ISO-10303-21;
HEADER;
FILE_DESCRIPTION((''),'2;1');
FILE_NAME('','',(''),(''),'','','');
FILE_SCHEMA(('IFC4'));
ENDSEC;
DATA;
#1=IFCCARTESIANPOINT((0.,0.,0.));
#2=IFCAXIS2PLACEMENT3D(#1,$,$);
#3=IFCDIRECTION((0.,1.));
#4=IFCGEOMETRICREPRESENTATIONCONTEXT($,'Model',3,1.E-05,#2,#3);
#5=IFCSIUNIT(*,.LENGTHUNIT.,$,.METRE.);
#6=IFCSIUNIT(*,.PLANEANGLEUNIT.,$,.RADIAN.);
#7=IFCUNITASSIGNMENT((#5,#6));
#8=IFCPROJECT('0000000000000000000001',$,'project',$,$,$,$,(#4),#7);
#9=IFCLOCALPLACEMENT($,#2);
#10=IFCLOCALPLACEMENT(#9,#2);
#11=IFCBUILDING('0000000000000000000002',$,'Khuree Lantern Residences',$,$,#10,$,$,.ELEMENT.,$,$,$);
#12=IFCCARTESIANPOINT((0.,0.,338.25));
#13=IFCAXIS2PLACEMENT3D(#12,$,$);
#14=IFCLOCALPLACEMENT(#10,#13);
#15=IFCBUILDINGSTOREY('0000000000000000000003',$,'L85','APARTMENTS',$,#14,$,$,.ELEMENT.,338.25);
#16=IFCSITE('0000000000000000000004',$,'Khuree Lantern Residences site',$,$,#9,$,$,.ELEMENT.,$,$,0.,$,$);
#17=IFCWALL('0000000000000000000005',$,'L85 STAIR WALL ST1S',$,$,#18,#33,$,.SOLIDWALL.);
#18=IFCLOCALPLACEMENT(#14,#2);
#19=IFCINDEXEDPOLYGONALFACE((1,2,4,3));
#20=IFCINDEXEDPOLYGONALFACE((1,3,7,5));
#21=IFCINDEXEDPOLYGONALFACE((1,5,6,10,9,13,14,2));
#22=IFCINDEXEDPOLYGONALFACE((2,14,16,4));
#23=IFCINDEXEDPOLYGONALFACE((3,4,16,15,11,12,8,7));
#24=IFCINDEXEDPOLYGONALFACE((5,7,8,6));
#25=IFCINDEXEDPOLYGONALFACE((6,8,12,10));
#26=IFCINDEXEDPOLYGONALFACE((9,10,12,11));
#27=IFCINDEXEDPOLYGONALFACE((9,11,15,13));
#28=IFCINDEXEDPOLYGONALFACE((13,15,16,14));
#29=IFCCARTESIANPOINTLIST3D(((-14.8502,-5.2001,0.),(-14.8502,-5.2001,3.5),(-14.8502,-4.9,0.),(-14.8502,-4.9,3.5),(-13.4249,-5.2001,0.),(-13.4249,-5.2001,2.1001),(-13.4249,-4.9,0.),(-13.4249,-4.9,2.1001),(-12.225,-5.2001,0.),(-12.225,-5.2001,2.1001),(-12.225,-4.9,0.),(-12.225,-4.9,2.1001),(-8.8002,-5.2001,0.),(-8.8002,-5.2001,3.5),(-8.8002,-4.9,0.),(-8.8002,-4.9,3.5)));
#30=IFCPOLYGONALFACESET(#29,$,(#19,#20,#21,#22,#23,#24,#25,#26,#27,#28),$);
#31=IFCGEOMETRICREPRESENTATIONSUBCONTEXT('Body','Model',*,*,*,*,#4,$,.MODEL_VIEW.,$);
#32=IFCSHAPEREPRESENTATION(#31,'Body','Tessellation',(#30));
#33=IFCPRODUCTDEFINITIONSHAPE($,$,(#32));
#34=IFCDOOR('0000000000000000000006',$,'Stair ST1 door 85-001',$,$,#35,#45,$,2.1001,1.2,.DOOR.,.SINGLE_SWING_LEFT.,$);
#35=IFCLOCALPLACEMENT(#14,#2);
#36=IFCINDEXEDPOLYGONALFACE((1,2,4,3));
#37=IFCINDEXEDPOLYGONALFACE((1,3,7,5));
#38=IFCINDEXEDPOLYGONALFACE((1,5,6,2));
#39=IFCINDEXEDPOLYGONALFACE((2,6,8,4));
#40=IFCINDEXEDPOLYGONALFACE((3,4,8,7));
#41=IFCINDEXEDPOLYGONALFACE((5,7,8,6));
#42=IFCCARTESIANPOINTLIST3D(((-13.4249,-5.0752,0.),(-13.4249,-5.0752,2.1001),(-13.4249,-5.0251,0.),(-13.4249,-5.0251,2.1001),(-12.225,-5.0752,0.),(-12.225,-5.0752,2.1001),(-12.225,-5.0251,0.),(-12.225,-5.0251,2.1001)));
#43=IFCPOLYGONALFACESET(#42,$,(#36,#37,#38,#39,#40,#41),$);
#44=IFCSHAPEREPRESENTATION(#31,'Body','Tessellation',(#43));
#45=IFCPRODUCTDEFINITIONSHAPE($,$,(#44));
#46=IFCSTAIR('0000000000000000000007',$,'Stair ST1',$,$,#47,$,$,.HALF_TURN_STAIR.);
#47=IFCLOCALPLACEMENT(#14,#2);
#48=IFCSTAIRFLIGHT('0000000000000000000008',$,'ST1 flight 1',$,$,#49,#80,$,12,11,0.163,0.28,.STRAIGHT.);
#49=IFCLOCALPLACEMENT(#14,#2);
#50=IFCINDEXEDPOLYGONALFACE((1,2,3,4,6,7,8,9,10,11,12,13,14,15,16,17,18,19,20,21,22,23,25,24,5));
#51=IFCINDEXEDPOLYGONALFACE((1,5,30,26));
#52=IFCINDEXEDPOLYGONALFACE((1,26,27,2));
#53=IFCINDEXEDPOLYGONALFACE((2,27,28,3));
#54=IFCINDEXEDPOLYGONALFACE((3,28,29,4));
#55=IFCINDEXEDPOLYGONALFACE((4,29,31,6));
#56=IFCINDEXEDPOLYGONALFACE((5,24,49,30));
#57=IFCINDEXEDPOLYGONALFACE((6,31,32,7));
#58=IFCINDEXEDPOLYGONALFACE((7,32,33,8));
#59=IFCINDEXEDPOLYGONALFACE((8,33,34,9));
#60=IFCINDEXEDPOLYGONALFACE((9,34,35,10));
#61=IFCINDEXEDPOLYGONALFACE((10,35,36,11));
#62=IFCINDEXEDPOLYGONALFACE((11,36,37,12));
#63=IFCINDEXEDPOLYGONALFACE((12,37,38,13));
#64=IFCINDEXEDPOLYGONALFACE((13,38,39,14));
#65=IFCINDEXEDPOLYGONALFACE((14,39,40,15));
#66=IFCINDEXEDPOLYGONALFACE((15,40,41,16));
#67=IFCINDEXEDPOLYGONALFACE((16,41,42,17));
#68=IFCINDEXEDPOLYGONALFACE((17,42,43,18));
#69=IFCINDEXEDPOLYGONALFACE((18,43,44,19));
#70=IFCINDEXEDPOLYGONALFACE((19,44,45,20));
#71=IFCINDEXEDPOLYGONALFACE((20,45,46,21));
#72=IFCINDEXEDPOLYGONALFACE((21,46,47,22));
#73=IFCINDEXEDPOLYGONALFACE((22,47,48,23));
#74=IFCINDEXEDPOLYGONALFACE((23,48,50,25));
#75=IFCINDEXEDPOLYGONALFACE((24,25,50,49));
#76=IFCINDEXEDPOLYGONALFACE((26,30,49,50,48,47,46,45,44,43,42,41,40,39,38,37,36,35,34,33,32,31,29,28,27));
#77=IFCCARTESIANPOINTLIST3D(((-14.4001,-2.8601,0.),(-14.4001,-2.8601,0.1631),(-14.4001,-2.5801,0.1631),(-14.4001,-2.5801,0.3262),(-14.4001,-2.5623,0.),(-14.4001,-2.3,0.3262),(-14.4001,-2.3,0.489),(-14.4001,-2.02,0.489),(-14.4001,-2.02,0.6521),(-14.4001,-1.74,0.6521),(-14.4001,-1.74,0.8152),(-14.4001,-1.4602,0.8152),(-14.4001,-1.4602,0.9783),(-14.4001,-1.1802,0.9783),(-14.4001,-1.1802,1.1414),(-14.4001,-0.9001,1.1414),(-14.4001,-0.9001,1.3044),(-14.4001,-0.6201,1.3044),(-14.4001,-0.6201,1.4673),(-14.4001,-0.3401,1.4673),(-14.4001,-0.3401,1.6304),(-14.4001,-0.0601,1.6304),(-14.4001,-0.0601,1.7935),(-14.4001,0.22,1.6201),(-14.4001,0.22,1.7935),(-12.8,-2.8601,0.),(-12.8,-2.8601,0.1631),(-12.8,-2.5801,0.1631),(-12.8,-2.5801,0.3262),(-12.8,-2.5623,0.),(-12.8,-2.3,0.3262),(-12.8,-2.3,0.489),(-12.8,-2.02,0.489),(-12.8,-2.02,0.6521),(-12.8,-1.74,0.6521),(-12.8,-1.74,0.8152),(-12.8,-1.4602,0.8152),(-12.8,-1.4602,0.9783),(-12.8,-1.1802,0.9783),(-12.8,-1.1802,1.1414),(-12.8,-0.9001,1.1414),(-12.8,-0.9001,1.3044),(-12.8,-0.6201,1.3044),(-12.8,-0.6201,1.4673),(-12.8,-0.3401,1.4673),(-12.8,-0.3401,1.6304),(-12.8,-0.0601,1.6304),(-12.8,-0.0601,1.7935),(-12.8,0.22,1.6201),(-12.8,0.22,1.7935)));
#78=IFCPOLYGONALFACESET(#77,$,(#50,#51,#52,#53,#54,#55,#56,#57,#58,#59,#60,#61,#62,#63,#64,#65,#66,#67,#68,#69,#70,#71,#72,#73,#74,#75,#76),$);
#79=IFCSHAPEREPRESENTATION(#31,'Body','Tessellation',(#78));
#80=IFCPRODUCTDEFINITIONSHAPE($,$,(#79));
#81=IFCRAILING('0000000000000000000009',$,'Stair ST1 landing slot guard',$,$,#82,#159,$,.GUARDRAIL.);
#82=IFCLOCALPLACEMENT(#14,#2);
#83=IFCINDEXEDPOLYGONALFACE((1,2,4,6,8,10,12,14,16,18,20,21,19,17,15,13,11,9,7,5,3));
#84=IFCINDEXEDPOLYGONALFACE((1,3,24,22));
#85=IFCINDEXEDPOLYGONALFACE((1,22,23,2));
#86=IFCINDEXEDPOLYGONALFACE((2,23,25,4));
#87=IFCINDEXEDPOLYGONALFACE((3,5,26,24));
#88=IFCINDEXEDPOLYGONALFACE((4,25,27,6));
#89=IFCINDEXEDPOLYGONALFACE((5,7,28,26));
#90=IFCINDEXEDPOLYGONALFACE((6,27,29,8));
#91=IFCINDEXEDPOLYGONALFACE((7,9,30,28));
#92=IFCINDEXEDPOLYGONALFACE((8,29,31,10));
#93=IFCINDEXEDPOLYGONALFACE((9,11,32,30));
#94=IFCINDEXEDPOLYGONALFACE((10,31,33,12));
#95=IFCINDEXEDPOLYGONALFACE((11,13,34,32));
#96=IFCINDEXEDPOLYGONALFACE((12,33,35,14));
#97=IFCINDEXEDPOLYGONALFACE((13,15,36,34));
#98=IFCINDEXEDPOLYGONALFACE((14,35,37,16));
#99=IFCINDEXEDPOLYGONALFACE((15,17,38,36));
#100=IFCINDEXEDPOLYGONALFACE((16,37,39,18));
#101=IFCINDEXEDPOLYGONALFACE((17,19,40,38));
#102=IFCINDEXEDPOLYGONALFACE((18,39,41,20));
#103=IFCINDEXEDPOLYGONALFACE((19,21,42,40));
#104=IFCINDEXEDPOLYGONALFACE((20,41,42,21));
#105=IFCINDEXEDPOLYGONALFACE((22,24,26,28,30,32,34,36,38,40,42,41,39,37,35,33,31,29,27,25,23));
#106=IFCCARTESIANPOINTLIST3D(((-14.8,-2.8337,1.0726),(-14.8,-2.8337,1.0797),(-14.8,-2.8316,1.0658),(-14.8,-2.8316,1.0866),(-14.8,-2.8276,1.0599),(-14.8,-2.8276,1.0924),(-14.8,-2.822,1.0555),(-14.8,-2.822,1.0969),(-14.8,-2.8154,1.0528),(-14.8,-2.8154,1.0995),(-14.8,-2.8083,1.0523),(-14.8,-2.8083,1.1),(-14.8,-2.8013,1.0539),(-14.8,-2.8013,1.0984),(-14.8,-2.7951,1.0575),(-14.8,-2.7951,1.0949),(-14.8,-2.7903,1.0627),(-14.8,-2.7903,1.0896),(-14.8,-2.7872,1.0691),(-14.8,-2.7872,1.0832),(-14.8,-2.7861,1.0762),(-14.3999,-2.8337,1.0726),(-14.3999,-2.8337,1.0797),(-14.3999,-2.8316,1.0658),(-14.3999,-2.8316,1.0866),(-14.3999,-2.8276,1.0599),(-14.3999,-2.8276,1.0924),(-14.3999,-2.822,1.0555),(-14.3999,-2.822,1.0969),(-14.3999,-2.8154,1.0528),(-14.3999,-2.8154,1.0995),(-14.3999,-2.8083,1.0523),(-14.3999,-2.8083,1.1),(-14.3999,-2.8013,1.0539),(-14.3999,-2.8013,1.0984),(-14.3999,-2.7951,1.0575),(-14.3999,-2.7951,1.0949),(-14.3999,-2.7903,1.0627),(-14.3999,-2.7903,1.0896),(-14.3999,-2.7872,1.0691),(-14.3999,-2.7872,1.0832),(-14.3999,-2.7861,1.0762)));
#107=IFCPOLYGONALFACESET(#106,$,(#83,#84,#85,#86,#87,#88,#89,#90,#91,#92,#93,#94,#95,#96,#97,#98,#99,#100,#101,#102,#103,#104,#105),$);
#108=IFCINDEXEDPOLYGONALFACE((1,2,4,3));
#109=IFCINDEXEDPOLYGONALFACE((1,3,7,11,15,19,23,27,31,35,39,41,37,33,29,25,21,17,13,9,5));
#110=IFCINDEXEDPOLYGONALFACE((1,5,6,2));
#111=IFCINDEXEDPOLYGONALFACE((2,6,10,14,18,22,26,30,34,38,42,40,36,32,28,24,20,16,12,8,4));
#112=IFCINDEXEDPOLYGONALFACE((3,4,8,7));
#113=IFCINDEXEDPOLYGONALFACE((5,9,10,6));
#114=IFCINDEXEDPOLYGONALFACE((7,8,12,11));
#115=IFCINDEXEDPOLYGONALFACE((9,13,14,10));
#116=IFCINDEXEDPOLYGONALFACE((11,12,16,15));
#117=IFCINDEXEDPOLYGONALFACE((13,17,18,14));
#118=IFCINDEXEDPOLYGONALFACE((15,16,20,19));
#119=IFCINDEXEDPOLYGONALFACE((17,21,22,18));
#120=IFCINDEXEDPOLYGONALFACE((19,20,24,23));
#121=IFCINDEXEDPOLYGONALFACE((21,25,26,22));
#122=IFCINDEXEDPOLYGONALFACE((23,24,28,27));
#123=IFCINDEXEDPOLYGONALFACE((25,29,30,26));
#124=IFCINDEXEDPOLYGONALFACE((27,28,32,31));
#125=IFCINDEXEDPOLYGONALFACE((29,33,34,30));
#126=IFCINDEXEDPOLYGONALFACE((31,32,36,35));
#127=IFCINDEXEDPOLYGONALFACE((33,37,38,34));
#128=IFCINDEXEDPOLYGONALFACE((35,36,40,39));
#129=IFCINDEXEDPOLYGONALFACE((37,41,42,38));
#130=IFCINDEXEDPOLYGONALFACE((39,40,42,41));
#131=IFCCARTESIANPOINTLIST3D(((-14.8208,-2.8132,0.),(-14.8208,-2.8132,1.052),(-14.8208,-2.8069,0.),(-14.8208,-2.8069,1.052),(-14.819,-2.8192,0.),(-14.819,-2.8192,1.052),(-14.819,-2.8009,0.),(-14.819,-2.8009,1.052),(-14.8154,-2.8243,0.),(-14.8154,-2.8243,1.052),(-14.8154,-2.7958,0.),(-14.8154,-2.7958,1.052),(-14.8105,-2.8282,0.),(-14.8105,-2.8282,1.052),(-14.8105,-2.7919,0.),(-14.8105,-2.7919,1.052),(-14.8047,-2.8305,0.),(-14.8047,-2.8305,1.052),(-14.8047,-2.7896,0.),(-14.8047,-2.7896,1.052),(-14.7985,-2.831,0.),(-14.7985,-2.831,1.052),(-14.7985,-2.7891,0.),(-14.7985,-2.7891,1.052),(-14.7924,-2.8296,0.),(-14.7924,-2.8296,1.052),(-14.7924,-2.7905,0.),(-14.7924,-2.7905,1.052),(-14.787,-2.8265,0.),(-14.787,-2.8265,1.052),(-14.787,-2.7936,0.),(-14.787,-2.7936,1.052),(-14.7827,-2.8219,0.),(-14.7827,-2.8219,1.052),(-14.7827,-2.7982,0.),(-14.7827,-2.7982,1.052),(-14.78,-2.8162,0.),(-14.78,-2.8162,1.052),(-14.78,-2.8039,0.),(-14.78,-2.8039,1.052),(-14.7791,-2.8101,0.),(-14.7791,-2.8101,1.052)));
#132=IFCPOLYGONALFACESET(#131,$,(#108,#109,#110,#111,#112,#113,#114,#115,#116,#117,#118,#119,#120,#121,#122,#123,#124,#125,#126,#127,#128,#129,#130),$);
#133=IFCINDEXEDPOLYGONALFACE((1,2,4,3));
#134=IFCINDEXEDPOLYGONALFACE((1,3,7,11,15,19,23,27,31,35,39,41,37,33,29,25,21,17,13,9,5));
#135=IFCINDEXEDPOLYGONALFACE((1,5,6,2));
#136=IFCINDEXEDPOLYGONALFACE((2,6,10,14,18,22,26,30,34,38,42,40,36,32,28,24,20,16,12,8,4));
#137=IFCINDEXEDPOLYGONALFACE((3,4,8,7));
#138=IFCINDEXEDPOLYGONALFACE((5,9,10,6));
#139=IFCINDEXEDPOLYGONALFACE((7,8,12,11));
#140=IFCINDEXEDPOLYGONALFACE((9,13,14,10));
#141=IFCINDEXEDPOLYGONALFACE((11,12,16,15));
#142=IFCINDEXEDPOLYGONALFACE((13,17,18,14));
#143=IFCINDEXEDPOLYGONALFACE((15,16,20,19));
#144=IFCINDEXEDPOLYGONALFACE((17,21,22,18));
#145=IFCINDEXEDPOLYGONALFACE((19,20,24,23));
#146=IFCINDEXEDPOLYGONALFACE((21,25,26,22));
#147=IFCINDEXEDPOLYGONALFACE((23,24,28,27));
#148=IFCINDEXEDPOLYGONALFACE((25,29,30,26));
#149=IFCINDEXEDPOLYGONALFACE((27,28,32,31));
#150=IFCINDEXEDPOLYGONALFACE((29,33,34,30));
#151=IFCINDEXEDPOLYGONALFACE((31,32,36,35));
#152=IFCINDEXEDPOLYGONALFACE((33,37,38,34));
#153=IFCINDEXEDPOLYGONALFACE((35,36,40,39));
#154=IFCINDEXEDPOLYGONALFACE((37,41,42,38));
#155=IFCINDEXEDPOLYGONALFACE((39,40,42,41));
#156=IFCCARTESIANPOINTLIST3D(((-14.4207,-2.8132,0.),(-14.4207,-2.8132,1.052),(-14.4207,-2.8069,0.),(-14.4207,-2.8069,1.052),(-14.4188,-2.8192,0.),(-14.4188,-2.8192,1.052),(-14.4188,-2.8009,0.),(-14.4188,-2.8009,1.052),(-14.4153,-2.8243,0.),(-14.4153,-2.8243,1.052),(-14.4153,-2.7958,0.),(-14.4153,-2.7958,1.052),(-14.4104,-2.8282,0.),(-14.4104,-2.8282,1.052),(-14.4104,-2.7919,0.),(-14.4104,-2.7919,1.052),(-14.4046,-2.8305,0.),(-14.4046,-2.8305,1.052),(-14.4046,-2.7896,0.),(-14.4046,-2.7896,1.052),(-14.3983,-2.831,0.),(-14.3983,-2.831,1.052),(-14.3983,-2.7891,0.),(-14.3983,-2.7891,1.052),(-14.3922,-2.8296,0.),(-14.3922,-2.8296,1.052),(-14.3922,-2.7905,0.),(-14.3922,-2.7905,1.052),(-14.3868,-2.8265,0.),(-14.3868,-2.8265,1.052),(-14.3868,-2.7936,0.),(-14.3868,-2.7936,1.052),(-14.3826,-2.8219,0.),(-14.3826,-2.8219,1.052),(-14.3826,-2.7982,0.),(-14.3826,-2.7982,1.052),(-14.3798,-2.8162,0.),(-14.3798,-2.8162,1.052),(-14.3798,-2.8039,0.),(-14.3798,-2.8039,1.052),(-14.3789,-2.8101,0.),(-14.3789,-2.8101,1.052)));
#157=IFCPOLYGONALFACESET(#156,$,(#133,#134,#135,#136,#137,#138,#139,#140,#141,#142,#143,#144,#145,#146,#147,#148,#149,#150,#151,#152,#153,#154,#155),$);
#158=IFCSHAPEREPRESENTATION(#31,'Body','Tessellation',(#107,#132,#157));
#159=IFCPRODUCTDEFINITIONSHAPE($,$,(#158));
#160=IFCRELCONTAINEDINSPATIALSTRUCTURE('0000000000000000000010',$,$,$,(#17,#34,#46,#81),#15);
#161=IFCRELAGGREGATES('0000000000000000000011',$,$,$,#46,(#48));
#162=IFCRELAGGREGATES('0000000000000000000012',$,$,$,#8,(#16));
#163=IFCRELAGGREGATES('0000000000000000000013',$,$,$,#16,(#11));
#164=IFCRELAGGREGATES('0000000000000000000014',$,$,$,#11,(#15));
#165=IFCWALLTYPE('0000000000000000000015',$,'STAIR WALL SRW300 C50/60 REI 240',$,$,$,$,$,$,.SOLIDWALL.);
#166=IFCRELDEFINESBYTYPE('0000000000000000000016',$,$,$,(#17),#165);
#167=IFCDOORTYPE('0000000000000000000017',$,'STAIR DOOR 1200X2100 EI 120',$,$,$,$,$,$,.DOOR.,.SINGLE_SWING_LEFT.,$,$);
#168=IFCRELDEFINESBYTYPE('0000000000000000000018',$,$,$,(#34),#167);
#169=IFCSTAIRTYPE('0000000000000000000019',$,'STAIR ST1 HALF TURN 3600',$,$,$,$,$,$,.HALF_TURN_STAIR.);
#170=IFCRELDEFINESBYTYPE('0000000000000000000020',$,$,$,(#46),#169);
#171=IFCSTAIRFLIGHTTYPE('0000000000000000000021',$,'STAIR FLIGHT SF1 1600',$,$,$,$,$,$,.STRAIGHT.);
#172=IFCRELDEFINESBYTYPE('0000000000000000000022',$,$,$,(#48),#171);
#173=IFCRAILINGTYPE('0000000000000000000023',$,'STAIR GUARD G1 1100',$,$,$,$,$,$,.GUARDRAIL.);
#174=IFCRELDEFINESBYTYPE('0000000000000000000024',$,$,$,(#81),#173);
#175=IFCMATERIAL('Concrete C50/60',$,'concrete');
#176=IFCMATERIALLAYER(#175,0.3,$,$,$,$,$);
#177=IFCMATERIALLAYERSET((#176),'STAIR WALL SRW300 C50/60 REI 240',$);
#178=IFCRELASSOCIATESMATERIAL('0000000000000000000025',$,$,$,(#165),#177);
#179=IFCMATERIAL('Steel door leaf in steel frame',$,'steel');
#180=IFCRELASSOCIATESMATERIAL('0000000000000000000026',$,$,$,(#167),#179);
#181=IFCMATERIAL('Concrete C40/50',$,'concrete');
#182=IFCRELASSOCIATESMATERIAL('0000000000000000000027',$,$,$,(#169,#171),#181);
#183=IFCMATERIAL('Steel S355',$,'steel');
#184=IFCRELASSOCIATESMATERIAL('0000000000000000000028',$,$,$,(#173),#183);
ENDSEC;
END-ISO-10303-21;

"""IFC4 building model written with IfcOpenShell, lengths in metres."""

from ifc_helpers import new_model, si_unit, direction, frame, frame_2d, origin, origin_2d, place, context, subcontext, project, spatial, polyline, rectangle, circle, outline, extrude, material, layer, layer_set, type_object, element, fill, aggregate, save


model = new_model("IFC4")

# Units and contexts
model_context = context("Model", 3, precision=1e-05, world=origin(), true_north=direction((0.0, 1.0)))
body_context = subcontext(model_context, "Body", "Model", "MODEL_VIEW")
ifc_project = project(units=[si_unit("LENGTHUNIT", "METRE"), si_unit("PLANEANGLEUNIT", "RADIAN")], contexts=[model_context])

# Site, building, storey
site_placement = place(None, origin())
site = spatial("IfcSite", under=ifc_project, at=site_placement, Name="Khuree Lantern Residences site", CompositionType="ELEMENT", RefElevation=0.0)
building_placement = place(site_placement, origin())
building = spatial("IfcBuilding", under=site, at=building_placement, Name="Khuree Lantern Residences", CompositionType="ELEMENT")
storey_placement = place(building_placement, frame((0.0, 0.0, 338.25)))
storey = spatial("IfcBuildingStorey", under=building, at=storey_placement, Name="L85", Description="APARTMENTS", CompositionType="ELEMENT", Elevation=338.25)

# Shared definitions
ifc_material_1 = material(Name="Steel door leaf in steel frame", Category="steel")

# Shared definitions
ifc_material_2 = material(Name="Concrete C50/60", Category="concrete")
ifc_layer_1 = layer(ifc_material_2, 0.3)
ifc_layer_set_1 = layer_set([ifc_layer_1], Name="STAIR WALL SRW300 C50/60 REI 240")
wall_type_1 = type_object("IfcWallType", Name="STAIR WALL SRW300 C50/60 REI 240", PredefinedType="SOLIDWALL", material=ifc_layer_set_1)

# Wall, opening, door
wall_1_placement = place(storey_placement, frame((-14.8501, -5.05, 0.0), z_axis=(0.0, 0.0, 1.0), x_axis=(1.0, 0.0, 0.0)))
wall_1 = element("IfcWall", 1, at=wall_1_placement, inside=storey, type_object=wall_type_1, Name="L85 STAIR WALL ST1S", PredefinedType="SOLIDWALL", context=body_context, shape_type="SweptSolid", body=[
    extrude(rectangle(XDim=6.05, YDim=0.3, at=frame_2d((3.0249, 0.0))), origin(), (0.0, 0.0, 1.0), 3.5),
])
opening_1_placement = place(wall_1_placement, frame((1.425, 0.0, 0.0)))
opening_1 = element("IfcOpeningElement", 2, at=opening_1_placement, cuts=wall_1, PredefinedType="OPENING", context=body_context, shape_type="SweptSolid", body=[
    extrude(rectangle(XDim=1.2, YDim=2.1001, at=frame_2d((0.6001, 1.05))), frame((0.0, 0.1602, 0.0), z_axis=(0.0, -1.0, 0.0), x_axis=(1.0, 0.0, 0.0)), (0.0, 0.0, 1.0), 0.3201),
])
door_type_1 = type_object("IfcDoorType", Name="STAIR DOOR 1200X2100 EI 120", OperationType="SINGLE_SWING_LEFT", PredefinedType="DOOR", material=ifc_material_1)
door_1_placement = place(opening_1_placement, origin())
door_1 = element("IfcDoor", 3, at=door_1_placement, inside=storey, type_object=door_type_1, Name="Stair ST1 door 85-001", OperationType="SINGLE_SWING_LEFT", OverallHeight=2.1001, OverallWidth=1.2, PredefinedType="DOOR", context=body_context, shape_type="SweptSolid", body=[
    extrude(rectangle(XDim=1.2, YDim=2.1001, at=frame_2d((0.6001, 1.05))), frame((0.0, 0.0249, 0.0), z_axis=(0.0, -1.0, 0.0), x_axis=(1.0, 0.0, 0.0)), (0.0, 0.0, 1.0), 0.05),
])
fill(opening_1, door_1)

# Stair, stair flight
ifc_material_3 = material(Name="Concrete C40/50", Category="concrete")
stair_type = type_object("IfcStairType", Name="STAIR ST1 HALF TURN 3600", PredefinedType="HALF_TURN_STAIR", material=ifc_material_3)
stair_placement = place(storey_placement, origin())
stair = element("IfcStair", 4, at=stair_placement, inside=storey, type_object=stair_type, Name="Stair ST1", PredefinedType="HALF_TURN_STAIR")
stair_flight_type = type_object("IfcStairFlightType", Name="STAIR FLIGHT SF1 1600", PredefinedType="STRAIGHT", material=ifc_material_3)
stair_flight_placement = place(storey_placement, frame((-13.6001, -2.8601, 0.0), z_axis=(0.0, 0.0, 1.0), x_axis=(0.0, 1.0, 0.0)))
stair_flight = element("IfcStairFlight", 5, at=stair_flight_placement, type_object=stair_flight_type, Name="ST1 flight 1", NumberOfRisers=12, NumberOfTreads=11, PredefinedType="STRAIGHT", RiserHeight=0.163, TreadLength=0.28, context=body_context, shape_type="SweptSolid", body=[
    extrude(outline(polyline([(0.0, 0.0), (0.0, 0.1631), (0.28, 0.1631), (0.28, 0.3262), (0.5601, 0.3262), (0.5601, 0.489), (0.8401, 0.489), (0.8401, 0.6521), (1.1201, 0.6521), (1.1201, 0.8152), (1.3999, 0.8152), (1.3999, 0.9783), (1.6799, 0.9783), (1.6799, 1.1414), (1.96, 1.1414), (1.96, 1.3044), (2.24, 1.3044), (2.24, 1.4673), (2.52, 1.4673), (2.52, 1.6304), (2.8, 1.6304), (2.8, 1.7935), (3.0801, 1.7935), (3.0801, 1.9565), (3.0801, 1.6201), (0.2979, 0.0), (0.0, 0.0)])), frame((0.0, 0.8, 0.0), z_axis=(0.0, -1.0, 0.0), x_axis=(1.0, 0.0, 0.0)), (0.0, 0.0, 1.0), 1.6001),
])
aggregate(stair, [stair_flight])

# Railing
ifc_material_4 = material(Name="Steel S355", Category="steel")
railing_type_1 = type_object("IfcRailingType", Name="STAIR GUARD G1 1100", PredefinedType="GUARDRAIL", material=ifc_material_4)
railing_1_placement = place(storey_placement, frame((-14.8, -2.8101, 0.0)))
element("IfcRailing", 6, at=railing_1_placement, inside=storey, type_object=railing_type_1, Name="Stair ST1 landing slot guard", PredefinedType="GUARDRAIL", context=body_context, shape_type="SweptSolid", body=[
    extrude(circle(Radius=0.0239, at=origin_2d()), frame((0.0, 0.0, 1.0762), z_axis=(1.0, 0.0, 0.0), x_axis=(0.0, 1.0, 0.0)), (0.0, 0.0, 1.0), 0.4001),
    extrude(circle(Radius=0.021, at=origin_2d()), origin(), (0.0, 0.0, 1.0), 1.052),
    extrude(circle(Radius=0.021, at=origin_2d()), frame((0.4001, 0.0, 0.0)), (0.0, 0.0, 1.0), 1.052),
])

save(model, "model.ifc")
